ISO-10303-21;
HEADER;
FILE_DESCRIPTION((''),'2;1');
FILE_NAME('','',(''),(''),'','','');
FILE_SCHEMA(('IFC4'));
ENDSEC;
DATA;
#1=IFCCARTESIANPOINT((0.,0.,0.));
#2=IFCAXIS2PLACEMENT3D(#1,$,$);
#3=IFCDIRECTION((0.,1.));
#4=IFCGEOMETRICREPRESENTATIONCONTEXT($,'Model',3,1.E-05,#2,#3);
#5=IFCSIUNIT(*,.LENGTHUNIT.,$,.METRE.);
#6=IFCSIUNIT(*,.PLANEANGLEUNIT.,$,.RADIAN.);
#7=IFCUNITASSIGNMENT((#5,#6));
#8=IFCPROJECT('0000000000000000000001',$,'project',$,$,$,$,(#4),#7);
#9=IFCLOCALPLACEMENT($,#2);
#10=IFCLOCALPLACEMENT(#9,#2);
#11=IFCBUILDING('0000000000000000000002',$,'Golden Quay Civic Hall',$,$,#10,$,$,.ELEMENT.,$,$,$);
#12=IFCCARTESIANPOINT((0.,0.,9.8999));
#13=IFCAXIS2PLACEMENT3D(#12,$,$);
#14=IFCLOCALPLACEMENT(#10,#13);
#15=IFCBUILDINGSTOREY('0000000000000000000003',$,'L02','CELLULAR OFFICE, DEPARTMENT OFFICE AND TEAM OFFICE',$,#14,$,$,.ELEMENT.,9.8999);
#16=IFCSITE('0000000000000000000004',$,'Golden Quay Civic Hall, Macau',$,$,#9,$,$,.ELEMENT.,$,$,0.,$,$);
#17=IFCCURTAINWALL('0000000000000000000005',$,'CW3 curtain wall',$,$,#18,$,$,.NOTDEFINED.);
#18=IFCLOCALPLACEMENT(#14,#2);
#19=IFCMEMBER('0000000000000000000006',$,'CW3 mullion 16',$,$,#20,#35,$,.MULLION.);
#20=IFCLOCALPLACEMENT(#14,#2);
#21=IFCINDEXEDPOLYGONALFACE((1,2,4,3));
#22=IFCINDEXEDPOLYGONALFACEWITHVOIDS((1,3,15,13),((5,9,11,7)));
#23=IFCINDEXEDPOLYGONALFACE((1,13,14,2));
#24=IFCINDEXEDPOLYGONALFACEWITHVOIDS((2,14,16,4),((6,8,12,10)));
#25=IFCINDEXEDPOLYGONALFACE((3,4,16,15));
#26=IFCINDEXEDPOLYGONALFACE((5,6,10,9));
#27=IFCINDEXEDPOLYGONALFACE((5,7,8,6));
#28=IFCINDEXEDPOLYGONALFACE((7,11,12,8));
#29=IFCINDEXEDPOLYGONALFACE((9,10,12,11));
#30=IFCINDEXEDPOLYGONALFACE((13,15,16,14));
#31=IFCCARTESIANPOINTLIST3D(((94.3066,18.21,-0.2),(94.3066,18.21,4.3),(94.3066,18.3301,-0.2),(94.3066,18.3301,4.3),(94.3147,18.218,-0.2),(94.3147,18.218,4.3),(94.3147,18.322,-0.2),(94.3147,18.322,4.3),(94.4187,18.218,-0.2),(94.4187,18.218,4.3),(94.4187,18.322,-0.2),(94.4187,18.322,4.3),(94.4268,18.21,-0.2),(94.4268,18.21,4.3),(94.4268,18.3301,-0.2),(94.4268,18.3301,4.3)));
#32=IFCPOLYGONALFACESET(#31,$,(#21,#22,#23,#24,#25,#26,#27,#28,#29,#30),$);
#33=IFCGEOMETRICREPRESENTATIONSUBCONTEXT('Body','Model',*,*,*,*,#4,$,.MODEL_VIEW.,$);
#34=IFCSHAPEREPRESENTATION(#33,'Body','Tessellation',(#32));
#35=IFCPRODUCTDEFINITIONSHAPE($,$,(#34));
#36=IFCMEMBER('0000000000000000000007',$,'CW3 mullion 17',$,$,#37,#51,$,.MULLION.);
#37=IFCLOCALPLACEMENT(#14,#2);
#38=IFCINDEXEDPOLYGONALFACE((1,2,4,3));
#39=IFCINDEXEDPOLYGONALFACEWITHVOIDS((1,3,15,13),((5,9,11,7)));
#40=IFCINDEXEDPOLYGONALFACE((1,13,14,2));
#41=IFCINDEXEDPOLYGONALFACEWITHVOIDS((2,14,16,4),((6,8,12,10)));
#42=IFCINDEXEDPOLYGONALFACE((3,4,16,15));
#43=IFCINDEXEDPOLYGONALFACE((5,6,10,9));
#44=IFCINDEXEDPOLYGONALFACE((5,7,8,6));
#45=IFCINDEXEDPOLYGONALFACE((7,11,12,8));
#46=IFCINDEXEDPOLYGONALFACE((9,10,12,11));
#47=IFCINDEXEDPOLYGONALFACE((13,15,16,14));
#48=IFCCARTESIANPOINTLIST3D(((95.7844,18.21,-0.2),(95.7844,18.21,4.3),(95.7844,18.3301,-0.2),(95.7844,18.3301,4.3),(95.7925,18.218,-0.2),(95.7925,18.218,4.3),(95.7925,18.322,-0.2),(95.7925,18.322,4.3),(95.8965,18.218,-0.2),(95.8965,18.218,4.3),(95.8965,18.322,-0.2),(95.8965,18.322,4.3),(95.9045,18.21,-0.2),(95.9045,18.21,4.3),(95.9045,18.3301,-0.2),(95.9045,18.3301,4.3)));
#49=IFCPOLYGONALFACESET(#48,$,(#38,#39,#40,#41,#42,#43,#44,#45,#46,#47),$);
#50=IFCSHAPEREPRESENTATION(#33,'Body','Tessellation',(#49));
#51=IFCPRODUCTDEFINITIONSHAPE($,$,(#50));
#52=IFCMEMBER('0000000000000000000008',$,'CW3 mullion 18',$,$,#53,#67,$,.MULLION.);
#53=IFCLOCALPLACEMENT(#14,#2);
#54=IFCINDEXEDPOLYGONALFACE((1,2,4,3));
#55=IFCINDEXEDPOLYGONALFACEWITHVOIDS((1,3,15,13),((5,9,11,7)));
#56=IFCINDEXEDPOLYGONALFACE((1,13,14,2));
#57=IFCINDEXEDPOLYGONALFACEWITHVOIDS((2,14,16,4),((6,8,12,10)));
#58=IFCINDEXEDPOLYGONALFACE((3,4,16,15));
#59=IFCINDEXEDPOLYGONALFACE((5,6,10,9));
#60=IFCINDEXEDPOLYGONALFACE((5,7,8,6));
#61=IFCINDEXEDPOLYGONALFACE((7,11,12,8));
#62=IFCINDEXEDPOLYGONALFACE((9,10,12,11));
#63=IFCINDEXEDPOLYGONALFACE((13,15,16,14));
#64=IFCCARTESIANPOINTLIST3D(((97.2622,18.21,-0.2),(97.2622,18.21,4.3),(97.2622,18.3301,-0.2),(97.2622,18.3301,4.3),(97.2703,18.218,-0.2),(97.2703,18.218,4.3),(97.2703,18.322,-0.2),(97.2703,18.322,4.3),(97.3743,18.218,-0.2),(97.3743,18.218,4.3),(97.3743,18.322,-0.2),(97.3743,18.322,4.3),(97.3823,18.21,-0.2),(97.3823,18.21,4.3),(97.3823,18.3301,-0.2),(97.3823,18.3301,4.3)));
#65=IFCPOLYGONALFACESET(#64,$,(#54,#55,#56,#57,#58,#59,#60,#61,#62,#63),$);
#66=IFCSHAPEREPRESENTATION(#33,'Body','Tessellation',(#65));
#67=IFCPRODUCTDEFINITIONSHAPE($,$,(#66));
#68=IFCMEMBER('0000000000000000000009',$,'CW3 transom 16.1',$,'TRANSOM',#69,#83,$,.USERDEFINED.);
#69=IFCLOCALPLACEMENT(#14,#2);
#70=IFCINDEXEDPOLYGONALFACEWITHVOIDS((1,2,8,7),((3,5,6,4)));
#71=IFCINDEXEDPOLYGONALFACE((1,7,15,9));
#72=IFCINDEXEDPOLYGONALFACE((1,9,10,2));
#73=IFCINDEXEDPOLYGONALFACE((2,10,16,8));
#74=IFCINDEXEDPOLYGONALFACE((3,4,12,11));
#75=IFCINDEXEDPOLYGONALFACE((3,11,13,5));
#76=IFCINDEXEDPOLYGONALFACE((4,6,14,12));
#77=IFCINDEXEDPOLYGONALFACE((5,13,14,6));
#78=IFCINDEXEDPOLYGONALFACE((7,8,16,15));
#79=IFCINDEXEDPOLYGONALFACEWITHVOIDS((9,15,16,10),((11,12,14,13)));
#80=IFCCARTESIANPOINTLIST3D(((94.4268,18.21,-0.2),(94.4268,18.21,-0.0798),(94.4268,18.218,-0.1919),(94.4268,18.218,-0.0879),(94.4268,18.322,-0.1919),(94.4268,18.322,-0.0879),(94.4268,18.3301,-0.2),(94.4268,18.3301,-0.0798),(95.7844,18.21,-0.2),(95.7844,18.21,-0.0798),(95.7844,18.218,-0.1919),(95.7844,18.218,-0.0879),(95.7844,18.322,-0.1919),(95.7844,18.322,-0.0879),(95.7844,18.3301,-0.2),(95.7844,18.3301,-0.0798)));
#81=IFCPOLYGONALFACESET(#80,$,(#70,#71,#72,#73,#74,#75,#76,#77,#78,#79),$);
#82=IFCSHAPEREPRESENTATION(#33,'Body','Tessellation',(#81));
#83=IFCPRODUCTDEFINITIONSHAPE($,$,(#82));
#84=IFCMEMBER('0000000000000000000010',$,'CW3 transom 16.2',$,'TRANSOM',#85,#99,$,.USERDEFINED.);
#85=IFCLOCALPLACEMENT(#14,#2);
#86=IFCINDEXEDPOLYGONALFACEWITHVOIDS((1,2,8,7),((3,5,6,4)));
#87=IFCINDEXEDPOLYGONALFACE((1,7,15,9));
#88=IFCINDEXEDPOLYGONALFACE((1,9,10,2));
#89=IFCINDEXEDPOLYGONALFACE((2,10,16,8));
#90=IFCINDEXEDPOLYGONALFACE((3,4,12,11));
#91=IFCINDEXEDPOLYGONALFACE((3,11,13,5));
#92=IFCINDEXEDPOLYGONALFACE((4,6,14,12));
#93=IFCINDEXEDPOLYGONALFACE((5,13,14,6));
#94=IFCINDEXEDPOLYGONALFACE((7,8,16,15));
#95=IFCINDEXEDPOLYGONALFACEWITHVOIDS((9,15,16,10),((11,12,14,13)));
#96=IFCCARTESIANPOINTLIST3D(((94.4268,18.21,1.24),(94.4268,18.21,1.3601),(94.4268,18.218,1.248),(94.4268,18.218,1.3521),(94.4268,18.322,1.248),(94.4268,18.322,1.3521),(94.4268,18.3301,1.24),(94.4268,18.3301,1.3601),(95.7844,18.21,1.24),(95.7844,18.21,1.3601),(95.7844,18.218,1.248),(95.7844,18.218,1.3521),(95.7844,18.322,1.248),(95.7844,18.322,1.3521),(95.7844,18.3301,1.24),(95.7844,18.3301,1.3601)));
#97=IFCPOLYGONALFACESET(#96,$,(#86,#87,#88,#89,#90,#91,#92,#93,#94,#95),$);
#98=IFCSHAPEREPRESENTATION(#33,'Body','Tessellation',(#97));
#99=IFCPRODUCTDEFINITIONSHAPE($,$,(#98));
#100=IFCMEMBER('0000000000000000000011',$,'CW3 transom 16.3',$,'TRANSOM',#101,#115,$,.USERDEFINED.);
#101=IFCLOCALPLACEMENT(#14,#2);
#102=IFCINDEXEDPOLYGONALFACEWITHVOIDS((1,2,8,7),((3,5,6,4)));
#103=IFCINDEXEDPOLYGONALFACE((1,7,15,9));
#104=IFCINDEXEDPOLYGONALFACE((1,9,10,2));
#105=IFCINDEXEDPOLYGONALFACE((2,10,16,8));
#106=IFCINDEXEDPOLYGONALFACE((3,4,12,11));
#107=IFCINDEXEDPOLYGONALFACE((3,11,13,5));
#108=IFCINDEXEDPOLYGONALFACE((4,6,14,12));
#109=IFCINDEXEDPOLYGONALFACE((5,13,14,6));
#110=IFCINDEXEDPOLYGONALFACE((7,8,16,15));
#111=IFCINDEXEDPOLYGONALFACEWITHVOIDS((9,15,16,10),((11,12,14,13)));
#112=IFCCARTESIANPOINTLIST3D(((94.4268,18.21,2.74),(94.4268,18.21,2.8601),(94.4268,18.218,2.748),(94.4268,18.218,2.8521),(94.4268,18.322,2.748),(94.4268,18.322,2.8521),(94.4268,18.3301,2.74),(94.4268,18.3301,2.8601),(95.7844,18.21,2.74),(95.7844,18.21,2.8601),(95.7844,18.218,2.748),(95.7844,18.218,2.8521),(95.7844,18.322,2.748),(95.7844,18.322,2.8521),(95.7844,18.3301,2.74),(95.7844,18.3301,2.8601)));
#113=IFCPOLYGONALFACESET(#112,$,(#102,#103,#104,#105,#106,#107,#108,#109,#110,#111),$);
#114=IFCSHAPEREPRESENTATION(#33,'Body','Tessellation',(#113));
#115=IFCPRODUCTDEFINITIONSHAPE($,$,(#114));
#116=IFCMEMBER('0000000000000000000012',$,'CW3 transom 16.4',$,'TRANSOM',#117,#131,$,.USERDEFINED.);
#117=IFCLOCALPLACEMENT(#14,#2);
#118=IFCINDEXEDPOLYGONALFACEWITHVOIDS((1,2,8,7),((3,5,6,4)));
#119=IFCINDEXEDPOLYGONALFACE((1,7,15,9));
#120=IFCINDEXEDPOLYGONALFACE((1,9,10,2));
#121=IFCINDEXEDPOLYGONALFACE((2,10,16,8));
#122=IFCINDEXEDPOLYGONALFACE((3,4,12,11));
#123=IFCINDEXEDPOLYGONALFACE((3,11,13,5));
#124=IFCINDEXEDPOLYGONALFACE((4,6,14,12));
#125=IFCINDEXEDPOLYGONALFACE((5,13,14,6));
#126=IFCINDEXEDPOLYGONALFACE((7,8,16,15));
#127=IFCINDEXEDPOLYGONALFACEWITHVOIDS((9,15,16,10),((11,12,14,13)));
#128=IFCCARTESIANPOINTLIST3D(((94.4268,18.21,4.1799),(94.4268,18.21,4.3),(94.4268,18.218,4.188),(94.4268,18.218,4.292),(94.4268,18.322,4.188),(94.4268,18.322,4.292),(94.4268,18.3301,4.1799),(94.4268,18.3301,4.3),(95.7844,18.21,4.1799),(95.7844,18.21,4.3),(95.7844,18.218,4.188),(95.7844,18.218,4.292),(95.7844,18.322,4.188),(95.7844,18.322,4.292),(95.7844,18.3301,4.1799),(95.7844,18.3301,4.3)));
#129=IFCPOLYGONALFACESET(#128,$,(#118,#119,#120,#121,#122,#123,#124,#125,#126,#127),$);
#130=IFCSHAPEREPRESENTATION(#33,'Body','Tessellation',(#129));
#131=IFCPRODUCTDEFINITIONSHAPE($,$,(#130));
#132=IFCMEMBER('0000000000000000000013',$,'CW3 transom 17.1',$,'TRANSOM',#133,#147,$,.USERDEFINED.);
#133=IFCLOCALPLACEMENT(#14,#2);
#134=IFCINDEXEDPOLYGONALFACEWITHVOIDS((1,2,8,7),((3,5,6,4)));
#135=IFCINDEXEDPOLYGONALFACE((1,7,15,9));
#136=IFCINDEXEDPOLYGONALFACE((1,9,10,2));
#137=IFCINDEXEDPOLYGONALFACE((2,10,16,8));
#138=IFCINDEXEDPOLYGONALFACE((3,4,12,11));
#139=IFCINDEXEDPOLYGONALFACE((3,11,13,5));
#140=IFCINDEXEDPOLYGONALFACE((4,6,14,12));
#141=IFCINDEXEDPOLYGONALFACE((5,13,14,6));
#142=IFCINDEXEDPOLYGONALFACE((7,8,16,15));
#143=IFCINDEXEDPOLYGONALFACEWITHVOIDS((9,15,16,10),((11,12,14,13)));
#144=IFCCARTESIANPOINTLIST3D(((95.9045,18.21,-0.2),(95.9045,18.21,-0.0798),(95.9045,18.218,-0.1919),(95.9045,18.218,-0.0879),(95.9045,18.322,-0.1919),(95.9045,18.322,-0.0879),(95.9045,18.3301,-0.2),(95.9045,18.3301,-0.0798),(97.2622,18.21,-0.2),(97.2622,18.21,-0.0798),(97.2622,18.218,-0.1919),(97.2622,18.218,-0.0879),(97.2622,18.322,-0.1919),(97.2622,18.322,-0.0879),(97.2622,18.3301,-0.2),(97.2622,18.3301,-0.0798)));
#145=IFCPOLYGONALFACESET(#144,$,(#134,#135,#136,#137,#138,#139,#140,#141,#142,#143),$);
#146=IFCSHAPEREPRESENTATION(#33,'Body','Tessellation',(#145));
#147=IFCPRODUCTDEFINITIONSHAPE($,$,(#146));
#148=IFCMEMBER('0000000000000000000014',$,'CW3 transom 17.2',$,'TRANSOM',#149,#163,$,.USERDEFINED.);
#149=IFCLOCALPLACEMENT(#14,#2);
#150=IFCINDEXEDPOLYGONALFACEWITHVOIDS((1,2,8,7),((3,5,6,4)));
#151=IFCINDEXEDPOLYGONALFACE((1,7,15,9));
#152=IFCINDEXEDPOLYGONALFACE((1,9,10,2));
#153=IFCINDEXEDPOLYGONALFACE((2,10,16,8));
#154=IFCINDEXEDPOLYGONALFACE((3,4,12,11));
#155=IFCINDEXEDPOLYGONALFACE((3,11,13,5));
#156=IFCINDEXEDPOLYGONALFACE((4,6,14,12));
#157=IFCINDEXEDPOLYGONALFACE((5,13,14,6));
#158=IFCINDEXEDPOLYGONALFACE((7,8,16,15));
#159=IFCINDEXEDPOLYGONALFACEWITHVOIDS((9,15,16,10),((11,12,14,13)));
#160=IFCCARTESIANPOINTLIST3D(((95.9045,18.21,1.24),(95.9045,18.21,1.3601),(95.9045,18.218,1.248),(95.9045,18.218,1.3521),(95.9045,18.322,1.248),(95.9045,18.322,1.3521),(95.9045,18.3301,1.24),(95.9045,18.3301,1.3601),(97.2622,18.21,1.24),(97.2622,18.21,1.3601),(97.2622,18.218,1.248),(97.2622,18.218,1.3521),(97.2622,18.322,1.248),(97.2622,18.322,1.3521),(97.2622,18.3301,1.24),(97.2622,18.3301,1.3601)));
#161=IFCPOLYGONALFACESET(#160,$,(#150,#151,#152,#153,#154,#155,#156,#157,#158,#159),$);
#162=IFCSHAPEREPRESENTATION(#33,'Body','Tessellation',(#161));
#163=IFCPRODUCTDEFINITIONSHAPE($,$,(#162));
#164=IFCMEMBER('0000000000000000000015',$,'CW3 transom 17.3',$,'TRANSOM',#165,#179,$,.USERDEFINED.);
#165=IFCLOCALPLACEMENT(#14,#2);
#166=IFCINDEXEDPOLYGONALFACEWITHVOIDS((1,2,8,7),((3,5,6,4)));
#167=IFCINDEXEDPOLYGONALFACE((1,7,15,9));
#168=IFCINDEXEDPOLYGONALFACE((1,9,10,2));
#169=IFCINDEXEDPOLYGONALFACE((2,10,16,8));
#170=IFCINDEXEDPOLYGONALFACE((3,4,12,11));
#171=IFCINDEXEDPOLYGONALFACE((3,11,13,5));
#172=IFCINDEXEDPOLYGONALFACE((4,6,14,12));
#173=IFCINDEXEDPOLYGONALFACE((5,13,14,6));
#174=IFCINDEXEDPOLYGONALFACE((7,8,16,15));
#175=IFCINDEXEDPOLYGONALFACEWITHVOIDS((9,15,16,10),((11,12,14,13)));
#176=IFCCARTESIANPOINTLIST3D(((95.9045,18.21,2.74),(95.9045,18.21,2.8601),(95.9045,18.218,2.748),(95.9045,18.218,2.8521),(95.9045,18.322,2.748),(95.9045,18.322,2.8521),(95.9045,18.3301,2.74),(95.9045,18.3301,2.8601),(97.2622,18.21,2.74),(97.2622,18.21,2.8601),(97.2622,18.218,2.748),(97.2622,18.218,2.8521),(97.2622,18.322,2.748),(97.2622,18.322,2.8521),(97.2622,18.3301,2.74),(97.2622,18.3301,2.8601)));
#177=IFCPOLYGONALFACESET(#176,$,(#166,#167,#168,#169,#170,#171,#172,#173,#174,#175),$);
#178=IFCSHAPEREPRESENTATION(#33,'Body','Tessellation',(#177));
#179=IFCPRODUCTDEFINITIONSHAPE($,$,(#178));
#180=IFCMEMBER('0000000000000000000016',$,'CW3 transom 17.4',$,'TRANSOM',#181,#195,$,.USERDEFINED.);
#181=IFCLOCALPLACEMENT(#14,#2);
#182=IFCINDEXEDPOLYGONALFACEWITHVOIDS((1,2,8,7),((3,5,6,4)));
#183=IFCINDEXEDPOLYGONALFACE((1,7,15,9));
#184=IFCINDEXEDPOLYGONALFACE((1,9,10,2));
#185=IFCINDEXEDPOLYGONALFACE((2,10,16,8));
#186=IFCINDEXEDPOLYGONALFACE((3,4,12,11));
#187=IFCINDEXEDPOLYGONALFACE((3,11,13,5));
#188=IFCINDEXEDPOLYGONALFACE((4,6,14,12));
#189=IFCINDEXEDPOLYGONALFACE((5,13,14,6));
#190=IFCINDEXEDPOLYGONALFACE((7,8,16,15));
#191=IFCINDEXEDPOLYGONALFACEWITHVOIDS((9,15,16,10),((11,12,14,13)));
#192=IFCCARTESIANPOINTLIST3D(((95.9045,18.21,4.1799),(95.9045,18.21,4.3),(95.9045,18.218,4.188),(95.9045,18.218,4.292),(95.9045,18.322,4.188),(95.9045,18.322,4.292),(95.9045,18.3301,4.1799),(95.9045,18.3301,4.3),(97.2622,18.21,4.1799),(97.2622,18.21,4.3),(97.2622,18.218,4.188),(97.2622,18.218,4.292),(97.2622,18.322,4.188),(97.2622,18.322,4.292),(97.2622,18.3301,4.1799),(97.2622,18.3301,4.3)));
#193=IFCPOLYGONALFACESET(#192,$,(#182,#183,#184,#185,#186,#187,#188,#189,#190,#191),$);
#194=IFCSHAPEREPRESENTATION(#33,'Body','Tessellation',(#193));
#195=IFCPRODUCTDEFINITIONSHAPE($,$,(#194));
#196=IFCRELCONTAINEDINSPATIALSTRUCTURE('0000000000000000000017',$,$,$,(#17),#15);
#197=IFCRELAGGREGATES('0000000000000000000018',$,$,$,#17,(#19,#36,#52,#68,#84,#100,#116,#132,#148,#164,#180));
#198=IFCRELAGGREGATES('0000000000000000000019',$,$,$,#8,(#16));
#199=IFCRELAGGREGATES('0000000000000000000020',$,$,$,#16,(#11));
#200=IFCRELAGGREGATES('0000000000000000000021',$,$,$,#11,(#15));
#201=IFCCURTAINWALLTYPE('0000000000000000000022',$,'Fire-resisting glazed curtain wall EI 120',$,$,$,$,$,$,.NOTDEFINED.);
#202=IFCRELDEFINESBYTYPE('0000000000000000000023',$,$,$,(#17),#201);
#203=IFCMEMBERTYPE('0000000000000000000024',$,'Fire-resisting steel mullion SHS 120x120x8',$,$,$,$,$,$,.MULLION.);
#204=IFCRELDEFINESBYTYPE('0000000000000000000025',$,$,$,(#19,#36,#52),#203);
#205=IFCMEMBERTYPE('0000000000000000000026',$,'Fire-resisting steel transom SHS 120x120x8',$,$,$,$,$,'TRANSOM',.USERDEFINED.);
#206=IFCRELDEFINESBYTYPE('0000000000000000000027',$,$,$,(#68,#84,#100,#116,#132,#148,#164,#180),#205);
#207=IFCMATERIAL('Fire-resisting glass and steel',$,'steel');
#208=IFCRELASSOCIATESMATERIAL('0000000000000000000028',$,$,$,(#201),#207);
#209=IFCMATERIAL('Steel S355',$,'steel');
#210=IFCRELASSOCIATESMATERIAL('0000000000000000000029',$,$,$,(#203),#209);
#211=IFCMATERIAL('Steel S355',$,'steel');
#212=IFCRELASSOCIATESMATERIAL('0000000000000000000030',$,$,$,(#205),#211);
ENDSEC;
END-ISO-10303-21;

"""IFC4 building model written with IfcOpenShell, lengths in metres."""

from ifc_helpers import new_model, si_unit, direction, frame, origin, origin_2d, place, context, subcontext, project, spatial, hollow_rectangle, extrude, material, material_profile, profile_set, type_object, element, aggregate, save


model = new_model("IFC4")

# Units and contexts
model_context = context("Model", 3, precision=1e-05, world=origin(), true_north=direction((0.0, 1.0)))
body_context = subcontext(model_context, "Body", "Model", "MODEL_VIEW")
ifc_project = project(units=[si_unit("LENGTHUNIT", "METRE"), si_unit("PLANEANGLEUNIT", "RADIAN")], contexts=[model_context])

# Site, building, storey
site_placement = place(None, origin())
site = spatial("IfcSite", under=ifc_project, at=site_placement, Name="Golden Quay Civic Hall, Macau", CompositionType="ELEMENT", RefElevation=0.0)
building_placement = place(site_placement, origin())
building = spatial("IfcBuilding", under=site, at=building_placement, Name="Golden Quay Civic Hall", CompositionType="ELEMENT")
storey_placement = place(building_placement, frame((0.0, 0.0, 9.8999)))
storey = spatial("IfcBuildingStorey", under=building, at=storey_placement, Name="L02", Description="CELLULAR OFFICE, DEPARTMENT OFFICE AND TEAM OFFICE", CompositionType="ELEMENT", Elevation=9.8999)

# Curtain wall, members
ifc_material_1 = material(Name="Fire-resisting glass and steel", Category="steel")
curtain_wall_type = type_object("IfcCurtainWallType", Name="Fire-resisting glazed curtain wall EI 120", PredefinedType="NOTDEFINED", material=ifc_material_1)
curtain_wall_placement = place(storey_placement, origin())
curtain_wall = element("IfcCurtainWall", 1, at=curtain_wall_placement, inside=storey, type_object=curtain_wall_type, Name="CW3 curtain wall", PredefinedType="NOTDEFINED")
ifc_material_2 = material(Name="Steel S355", Category="steel")
ifc_material_profile_1 = material_profile(ifc_material_2, hollow_rectangle(XDim=0.1201, YDim=0.1201, WallThickness=0.0081, at=origin_2d()), Name="SHS 120x120x8")
ifc_profile_set_1 = profile_set([ifc_material_profile_1], Name="Steel S355")
member_type_1 = type_object("IfcMemberType", Name="Fire-resisting steel mullion SHS 120x120x8", PredefinedType="MULLION", material=ifc_profile_set_1)
member_1_placement = place(storey_placement, frame((94.3667, 18.27, -0.2), z_axis=(0.0, 0.0, 1.0), x_axis=(0.0, 1.0, 0.0)))
member_1 = element("IfcMember", 2, at=member_1_placement, type_object=member_type_1, Name="CW3 mullion 16", PredefinedType="MULLION", context=body_context, shape_type="SweptSolid", body=[
    extrude(hollow_rectangle(XDim=0.1201, YDim=0.1201, WallThickness=0.0081, at=origin_2d()), origin(), (0.0, 0.0, 1.0), 4.5),
])
member_2_placement = place(storey_placement, frame((95.8445, 18.27, -0.2), z_axis=(0.0, 0.0, 1.0), x_axis=(0.0, 1.0, 0.0)))
member_2 = element("IfcMember", 3, at=member_2_placement, type_object=member_type_1, Name="CW3 mullion 17", PredefinedType="MULLION", context=body_context, shape_type="SweptSolid", body=[
    extrude(hollow_rectangle(XDim=0.1201, YDim=0.1201, WallThickness=0.0081, at=origin_2d()), origin(), (0.0, 0.0, 1.0), 4.5),
])
member_3_placement = place(storey_placement, frame((97.3223, 18.27, -0.2), z_axis=(0.0, 0.0, 1.0), x_axis=(0.0, 1.0, 0.0)))
member_3 = element("IfcMember", 4, at=member_3_placement, type_object=member_type_1, Name="CW3 mullion 18", PredefinedType="MULLION", context=body_context, shape_type="SweptSolid", body=[
    extrude(hollow_rectangle(XDim=0.1201, YDim=0.1201, WallThickness=0.0081, at=origin_2d()), origin(), (0.0, 0.0, 1.0), 4.5),
])
ifc_material_3 = material(Name="Steel S355", Category="steel")
ifc_material_profile_2 = material_profile(ifc_material_3, hollow_rectangle(XDim=0.1201, YDim=0.1201, WallThickness=0.0081, at=origin_2d()), Name="SHS 120x120x8")
ifc_profile_set_2 = profile_set([ifc_material_profile_2], Name="Steel S355")
member_type_2 = type_object("IfcMemberType", Name="Fire-resisting steel transom SHS 120x120x8", ElementType="TRANSOM", PredefinedType="USERDEFINED", material=ifc_profile_set_2)
member_4_placement = place(storey_placement, frame((94.4268, 18.27, -0.1399), z_axis=(1.0, 0.0, 0.0), x_axis=(0.0, 1.0, 0.0)))
member_4 = element("IfcMember", 5, at=member_4_placement, type_object=member_type_2, Name="CW3 transom 16.1", ObjectType="TRANSOM", PredefinedType="USERDEFINED", context=body_context, shape_type="SweptSolid", body=[
    extrude(hollow_rectangle(XDim=0.1201, YDim=0.1201, WallThickness=0.0081, at=origin_2d()), origin(), (0.0, 0.0, 1.0), 1.3577),
])
member_5_placement = place(storey_placement, frame((94.4268, 18.27, 1.3), z_axis=(1.0, 0.0, 0.0), x_axis=(0.0, 1.0, 0.0)))
member_5 = element("IfcMember", 6, at=member_5_placement, type_object=member_type_2, Name="CW3 transom 16.2", ObjectType="TRANSOM", PredefinedType="USERDEFINED", context=body_context, shape_type="SweptSolid", body=[
    extrude(hollow_rectangle(XDim=0.1201, YDim=0.1201, WallThickness=0.0081, at=origin_2d()), origin(), (0.0, 0.0, 1.0), 1.3577),
])
member_6_placement = place(storey_placement, frame((94.4268, 18.27, 2.8), z_axis=(1.0, 0.0, 0.0), x_axis=(0.0, 1.0, 0.0)))
member_6 = element("IfcMember", 7, at=member_6_placement, type_object=member_type_2, Name="CW3 transom 16.3", ObjectType="TRANSOM", PredefinedType="USERDEFINED", context=body_context, shape_type="SweptSolid", body=[
    extrude(hollow_rectangle(XDim=0.1201, YDim=0.1201, WallThickness=0.0081, at=origin_2d()), origin(), (0.0, 0.0, 1.0), 1.3577),
])
member_7_placement = place(storey_placement, frame((94.4268, 18.27, 4.24), z_axis=(1.0, 0.0, 0.0), x_axis=(0.0, 1.0, 0.0)))
member_7 = element("IfcMember", 8, at=member_7_placement, type_object=member_type_2, Name="CW3 transom 16.4", ObjectType="TRANSOM", PredefinedType="USERDEFINED", context=body_context, shape_type="SweptSolid", body=[
    extrude(hollow_rectangle(XDim=0.1201, YDim=0.1201, WallThickness=0.0081, at=origin_2d()), origin(), (0.0, 0.0, 1.0), 1.3577),
])
member_8_placement = place(storey_placement, frame((95.9045, 18.27, -0.1399), z_axis=(1.0, 0.0, 0.0), x_axis=(0.0, 1.0, 0.0)))
member_8 = element("IfcMember", 9, at=member_8_placement, type_object=member_type_2, Name="CW3 transom 17.1", ObjectType="TRANSOM", PredefinedType="USERDEFINED", context=body_context, shape_type="SweptSolid", body=[
    extrude(hollow_rectangle(XDim=0.1201, YDim=0.1201, WallThickness=0.0081, at=origin_2d()), origin(), (0.0, 0.0, 1.0), 1.3577),
])
member_9_placement = place(storey_placement, frame((95.9045, 18.27, 1.3), z_axis=(1.0, 0.0, 0.0), x_axis=(0.0, 1.0, 0.0)))
member_9 = element("IfcMember", 10, at=member_9_placement, type_object=member_type_2, Name="CW3 transom 17.2", ObjectType="TRANSOM", PredefinedType="USERDEFINED", context=body_context, shape_type="SweptSolid", body=[
    extrude(hollow_rectangle(XDim=0.1201, YDim=0.1201, WallThickness=0.0081, at=origin_2d()), origin(), (0.0, 0.0, 1.0), 1.3577),
])
member_10_placement = place(storey_placement, frame((95.9045, 18.27, 2.8), z_axis=(1.0, 0.0, 0.0), x_axis=(0.0, 1.0, 0.0)))
member_10 = element("IfcMember", 11, at=member_10_placement, type_object=member_type_2, Name="CW3 transom 17.3", ObjectType="TRANSOM", PredefinedType="USERDEFINED", context=body_context, shape_type="SweptSolid", body=[
    extrude(hollow_rectangle(XDim=0.1201, YDim=0.1201, WallThickness=0.0081, at=origin_2d()), origin(), (0.0, 0.0, 1.0), 1.3577),
])
member_11_placement = place(storey_placement, frame((95.9045, 18.27, 4.24), z_axis=(1.0, 0.0, 0.0), x_axis=(0.0, 1.0, 0.0)))
member_11 = element("IfcMember", 12, at=member_11_placement, type_object=member_type_2, Name="CW3 transom 17.4", ObjectType="TRANSOM", PredefinedType="USERDEFINED", context=body_context, shape_type="SweptSolid", body=[
    extrude(hollow_rectangle(XDim=0.1201, YDim=0.1201, WallThickness=0.0081, at=origin_2d()), origin(), (0.0, 0.0, 1.0), 1.3577),
])
aggregate(curtain_wall, [member_1, member_2, member_3, member_4, member_5, member_6, member_7, member_8, member_9, member_10, member_11])

save(model, "model.ifc")
